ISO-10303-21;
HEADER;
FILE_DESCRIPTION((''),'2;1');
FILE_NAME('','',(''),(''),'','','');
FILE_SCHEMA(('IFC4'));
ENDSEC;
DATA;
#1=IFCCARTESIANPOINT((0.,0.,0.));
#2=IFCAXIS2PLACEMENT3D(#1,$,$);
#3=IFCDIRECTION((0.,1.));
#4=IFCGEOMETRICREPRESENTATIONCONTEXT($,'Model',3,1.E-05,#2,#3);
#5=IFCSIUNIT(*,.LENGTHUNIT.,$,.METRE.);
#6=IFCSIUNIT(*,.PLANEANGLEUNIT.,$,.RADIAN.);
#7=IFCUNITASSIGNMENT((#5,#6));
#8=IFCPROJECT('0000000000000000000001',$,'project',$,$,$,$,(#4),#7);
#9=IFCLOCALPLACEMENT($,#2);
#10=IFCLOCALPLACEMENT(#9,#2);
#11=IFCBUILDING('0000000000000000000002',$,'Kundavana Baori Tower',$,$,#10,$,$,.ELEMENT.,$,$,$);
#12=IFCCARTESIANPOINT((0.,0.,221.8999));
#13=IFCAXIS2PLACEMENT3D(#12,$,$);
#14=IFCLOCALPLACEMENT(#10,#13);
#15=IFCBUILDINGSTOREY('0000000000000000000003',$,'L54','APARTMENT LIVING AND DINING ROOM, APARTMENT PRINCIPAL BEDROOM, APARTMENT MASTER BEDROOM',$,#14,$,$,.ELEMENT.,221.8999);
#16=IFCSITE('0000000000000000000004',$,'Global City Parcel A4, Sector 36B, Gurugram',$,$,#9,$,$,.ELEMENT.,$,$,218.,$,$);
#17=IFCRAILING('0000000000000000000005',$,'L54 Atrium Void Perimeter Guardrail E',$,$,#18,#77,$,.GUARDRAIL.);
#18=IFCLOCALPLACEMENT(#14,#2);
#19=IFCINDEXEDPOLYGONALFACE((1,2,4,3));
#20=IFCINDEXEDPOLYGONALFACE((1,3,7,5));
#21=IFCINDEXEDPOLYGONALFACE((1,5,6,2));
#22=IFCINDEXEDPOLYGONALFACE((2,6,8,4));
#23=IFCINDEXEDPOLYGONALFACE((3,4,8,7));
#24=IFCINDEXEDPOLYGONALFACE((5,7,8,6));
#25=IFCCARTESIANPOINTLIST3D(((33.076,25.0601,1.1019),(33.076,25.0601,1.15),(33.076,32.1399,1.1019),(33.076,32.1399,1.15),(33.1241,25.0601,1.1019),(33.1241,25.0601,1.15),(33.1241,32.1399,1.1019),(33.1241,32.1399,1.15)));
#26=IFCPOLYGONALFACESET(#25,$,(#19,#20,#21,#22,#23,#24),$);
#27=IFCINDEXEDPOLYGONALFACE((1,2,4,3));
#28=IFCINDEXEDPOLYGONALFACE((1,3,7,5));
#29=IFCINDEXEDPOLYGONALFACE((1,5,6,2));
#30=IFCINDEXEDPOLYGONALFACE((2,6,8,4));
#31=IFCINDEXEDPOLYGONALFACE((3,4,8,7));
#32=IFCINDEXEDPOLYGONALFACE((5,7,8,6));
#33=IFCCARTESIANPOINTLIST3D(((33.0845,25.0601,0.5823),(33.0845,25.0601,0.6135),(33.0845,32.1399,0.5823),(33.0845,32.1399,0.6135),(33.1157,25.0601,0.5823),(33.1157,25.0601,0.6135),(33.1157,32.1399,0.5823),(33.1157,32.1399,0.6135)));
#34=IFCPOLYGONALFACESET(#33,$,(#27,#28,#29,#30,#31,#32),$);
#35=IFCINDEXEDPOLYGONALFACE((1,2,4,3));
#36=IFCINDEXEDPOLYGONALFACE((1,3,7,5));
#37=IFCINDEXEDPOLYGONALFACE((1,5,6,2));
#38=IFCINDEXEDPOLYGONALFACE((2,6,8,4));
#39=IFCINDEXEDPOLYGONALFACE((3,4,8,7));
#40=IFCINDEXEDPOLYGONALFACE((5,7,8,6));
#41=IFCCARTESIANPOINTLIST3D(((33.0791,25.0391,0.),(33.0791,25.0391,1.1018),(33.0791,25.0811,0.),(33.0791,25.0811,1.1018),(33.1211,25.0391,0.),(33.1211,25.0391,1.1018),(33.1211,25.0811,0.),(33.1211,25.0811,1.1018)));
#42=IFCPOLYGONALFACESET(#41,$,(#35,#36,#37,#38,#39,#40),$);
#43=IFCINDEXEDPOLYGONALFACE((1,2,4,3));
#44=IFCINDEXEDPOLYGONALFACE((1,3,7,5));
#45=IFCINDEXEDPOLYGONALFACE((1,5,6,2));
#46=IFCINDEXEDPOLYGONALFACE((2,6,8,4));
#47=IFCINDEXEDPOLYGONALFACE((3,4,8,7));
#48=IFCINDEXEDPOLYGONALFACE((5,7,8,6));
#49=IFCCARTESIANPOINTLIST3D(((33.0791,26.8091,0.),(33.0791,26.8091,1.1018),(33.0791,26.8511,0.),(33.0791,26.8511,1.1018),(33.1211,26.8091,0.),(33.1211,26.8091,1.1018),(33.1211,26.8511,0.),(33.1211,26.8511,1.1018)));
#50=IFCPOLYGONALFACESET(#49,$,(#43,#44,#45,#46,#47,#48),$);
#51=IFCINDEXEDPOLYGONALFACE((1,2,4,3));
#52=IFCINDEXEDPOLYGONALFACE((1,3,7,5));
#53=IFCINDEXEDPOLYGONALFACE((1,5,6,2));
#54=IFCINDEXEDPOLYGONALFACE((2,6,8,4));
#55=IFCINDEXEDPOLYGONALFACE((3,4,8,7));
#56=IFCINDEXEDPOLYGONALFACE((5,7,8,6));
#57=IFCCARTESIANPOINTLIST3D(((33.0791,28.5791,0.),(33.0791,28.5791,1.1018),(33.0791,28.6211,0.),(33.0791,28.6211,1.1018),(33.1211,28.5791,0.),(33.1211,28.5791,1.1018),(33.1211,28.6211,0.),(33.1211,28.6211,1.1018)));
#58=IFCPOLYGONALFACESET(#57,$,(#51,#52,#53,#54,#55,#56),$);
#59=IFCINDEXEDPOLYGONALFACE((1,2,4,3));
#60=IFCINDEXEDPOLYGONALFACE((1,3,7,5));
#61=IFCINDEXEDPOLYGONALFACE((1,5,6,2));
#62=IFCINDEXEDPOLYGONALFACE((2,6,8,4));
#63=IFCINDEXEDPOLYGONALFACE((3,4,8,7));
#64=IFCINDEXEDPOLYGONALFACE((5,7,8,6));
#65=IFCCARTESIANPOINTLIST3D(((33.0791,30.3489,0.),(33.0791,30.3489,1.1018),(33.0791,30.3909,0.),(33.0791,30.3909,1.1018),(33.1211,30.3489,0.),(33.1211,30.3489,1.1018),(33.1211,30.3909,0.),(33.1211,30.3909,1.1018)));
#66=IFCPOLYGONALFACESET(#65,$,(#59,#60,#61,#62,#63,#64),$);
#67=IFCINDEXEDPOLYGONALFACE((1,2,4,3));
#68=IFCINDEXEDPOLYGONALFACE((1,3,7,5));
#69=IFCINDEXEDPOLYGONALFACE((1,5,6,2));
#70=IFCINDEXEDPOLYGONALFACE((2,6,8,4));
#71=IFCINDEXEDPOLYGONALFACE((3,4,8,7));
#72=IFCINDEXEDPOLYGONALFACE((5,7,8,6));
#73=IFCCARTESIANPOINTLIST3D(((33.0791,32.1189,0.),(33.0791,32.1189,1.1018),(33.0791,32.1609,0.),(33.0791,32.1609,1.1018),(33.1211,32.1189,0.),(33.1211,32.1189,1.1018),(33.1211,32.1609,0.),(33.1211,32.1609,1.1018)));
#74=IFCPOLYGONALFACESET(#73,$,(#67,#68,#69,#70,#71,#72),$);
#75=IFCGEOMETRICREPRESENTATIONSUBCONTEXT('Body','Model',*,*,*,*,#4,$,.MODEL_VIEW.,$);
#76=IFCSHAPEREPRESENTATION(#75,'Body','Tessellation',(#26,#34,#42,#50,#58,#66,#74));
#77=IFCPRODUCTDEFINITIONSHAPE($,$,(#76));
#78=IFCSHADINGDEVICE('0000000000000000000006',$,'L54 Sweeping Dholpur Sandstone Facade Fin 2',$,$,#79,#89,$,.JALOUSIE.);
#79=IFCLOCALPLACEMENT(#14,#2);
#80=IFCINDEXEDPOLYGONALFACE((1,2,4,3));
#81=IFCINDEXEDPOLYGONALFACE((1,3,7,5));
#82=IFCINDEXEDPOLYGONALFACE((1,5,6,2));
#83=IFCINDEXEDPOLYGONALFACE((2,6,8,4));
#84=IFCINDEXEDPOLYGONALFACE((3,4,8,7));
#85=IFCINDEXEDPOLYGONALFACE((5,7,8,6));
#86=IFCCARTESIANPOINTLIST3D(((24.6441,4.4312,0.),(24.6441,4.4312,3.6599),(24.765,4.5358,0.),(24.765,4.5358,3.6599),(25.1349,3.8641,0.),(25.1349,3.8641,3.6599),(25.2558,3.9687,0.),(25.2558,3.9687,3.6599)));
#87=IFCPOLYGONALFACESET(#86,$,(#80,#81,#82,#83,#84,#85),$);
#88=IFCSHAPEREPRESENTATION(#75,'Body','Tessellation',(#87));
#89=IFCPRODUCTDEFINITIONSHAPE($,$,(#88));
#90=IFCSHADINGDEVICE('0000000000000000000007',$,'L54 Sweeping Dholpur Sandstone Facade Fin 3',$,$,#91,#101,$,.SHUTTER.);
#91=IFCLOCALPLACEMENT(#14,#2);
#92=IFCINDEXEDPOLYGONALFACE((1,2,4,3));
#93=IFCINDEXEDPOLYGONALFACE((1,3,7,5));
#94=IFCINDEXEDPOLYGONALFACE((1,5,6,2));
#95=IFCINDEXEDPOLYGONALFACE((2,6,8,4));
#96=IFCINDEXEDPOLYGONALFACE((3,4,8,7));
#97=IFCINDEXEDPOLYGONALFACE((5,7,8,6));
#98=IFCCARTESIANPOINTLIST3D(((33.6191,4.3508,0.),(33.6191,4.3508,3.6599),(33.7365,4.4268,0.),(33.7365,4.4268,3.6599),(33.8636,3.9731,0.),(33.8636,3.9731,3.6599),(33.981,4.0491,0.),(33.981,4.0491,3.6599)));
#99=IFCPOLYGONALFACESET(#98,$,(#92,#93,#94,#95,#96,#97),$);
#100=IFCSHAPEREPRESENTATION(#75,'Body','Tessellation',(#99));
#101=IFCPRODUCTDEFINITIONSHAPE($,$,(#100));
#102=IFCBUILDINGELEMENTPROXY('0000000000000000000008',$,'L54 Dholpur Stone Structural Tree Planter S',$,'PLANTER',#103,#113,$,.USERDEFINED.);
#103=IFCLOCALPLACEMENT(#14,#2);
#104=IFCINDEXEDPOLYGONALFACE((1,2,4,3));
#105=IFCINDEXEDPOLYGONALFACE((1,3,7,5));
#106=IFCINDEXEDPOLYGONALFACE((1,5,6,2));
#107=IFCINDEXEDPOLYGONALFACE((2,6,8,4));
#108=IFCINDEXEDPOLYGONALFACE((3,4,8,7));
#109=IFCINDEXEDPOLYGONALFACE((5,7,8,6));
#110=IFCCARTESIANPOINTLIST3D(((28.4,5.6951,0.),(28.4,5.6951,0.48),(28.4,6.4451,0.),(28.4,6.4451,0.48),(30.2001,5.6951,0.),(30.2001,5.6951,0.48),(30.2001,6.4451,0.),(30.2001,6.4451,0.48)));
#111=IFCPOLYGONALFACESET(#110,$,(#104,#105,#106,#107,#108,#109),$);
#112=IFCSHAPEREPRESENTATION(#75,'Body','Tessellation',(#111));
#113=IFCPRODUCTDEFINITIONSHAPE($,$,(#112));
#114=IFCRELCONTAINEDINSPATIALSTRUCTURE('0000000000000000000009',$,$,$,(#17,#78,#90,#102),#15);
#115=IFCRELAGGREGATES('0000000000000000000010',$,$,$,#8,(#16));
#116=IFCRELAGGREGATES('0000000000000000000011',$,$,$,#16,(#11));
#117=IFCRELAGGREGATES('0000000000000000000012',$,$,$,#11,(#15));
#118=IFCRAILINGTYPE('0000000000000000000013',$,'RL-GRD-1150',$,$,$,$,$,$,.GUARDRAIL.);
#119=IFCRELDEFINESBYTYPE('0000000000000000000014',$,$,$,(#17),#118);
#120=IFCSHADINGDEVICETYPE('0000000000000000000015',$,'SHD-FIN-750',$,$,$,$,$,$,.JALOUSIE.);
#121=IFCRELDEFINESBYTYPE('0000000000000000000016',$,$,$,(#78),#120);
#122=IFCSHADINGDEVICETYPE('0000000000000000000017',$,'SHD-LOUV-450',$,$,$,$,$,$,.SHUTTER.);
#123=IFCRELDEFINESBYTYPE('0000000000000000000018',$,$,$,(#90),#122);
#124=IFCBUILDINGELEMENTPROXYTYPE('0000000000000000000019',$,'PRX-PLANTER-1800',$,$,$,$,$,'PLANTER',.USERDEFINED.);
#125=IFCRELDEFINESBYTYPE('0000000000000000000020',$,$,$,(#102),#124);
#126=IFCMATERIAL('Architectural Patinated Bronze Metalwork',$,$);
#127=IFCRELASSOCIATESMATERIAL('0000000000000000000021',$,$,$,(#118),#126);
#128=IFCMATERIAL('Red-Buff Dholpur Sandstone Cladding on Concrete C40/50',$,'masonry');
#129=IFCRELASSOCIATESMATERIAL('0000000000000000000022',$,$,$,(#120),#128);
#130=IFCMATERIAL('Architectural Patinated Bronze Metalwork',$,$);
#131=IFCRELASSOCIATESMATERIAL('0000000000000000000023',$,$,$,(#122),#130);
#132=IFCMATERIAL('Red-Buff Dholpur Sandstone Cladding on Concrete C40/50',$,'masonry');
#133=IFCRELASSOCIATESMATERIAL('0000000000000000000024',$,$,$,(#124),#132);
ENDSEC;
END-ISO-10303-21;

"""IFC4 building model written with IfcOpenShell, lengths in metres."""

from ifc_helpers import new_model, si_unit, direction, frame, origin, origin_2d, place, context, subcontext, project, spatial, rectangle, extrude, material, type_object, element, save


model = new_model("IFC4")

# Units and contexts
model_context = context("Model", 3, precision=1e-05, world=origin(), true_north=direction((0.0, 1.0)))
body_context = subcontext(model_context, "Body", "Model", "MODEL_VIEW")
ifc_project = project(units=[si_unit("LENGTHUNIT", "METRE"), si_unit("PLANEANGLEUNIT", "RADIAN")], contexts=[model_context])

# Site, building, storey
site_placement = place(None, origin())
site = spatial("IfcSite", under=ifc_project, at=site_placement, Name="Global City Parcel A4, Sector 36B, Gurugram", CompositionType="ELEMENT", RefElevation=218.0)
building_placement = place(site_placement, origin())
building = spatial("IfcBuilding", under=site, at=building_placement, Name="Kundavana Baori Tower", CompositionType="ELEMENT")
storey_placement = place(building_placement, frame((0.0, 0.0, 221.8999)))
storey = spatial("IfcBuildingStorey", under=building, at=storey_placement, Name="L54", Description="APARTMENT LIVING AND DINING ROOM, APARTMENT PRINCIPAL BEDROOM, APARTMENT MASTER BEDROOM", CompositionType="ELEMENT", Elevation=221.8999)

# Railing
ifc_material_1 = material(Name="Architectural Patinated Bronze Metalwork")
railing_type = type_object("IfcRailingType", Name="RL-GRD-1150", PredefinedType="GUARDRAIL", material=ifc_material_1)
railing_1_placement = place(storey_placement, frame((33.1001, 25.0601, 0.0)))
element("IfcRailing", 1, at=railing_1_placement, inside=storey, type_object=railing_type, Name="L54 Atrium Void Perimeter Guardrail E", PredefinedType="GUARDRAIL", context=body_context, shape_type="SweptSolid", body=[
    extrude(rectangle(XDim=0.0481, YDim=0.0481, at=origin_2d()), frame((0.0, 0.0, 1.126), z_axis=(0.0, 1.0, 0.0), x_axis=(-1.0, 0.0, 0.0)), (0.0, 0.0, 1.0), 7.0798),
    extrude(rectangle(XDim=0.0312, YDim=0.0312, at=origin_2d()), frame((0.0, 0.0, 0.5979), z_axis=(0.0, 1.0, 0.0), x_axis=(-1.0, 0.0, 0.0)), (0.0, 0.0, 1.0), 7.0798),
    extrude(rectangle(XDim=0.042, YDim=0.042, at=origin_2d()), origin(), (0.0, 0.0, 1.0), 1.1018),
    extrude(rectangle(XDim=0.042, YDim=0.042, at=origin_2d()), frame((0.0, 1.77, 0.0)), (0.0, 0.0, 1.0), 1.1018),
    extrude(rectangle(XDim=0.042, YDim=0.042, at=origin_2d()), frame((0.0, 3.54, 0.0)), (0.0, 0.0, 1.0), 1.1018),
    extrude(rectangle(XDim=0.042, YDim=0.042, at=origin_2d()), frame((0.0, 5.3098, 0.0)), (0.0, 0.0, 1.0), 1.1018),
    extrude(rectangle(XDim=0.042, YDim=0.042, at=origin_2d()), frame((0.0, 7.0798, 0.0)), (0.0, 0.0, 1.0), 1.1018),
])

# Shading devices
ifc_material_2 = material(Name="Red-Buff Dholpur Sandstone Cladding on Concrete C40/50", Category="masonry")
shading_device_type_1 = type_object("IfcShadingDeviceType", Name="SHD-FIN-750", PredefinedType="JALOUSIE", material=ifc_material_2)
shading_device_1_placement = place(storey_placement, frame((24.95, 4.2, 0.0), z_axis=(0.0, 0.0, 1.0), x_axis=(0.756196, 0.654345, 0.0)))
element("IfcShadingDevice", 2, at=shading_device_1_placement, inside=storey, type_object=shading_device_type_1, Name="L54 Sweeping Dholpur Sandstone Facade Fin 2", PredefinedType="JALOUSIE", context=body_context, shape_type="SweptSolid", body=[
    extrude(rectangle(XDim=0.1599, YDim=0.75, at=origin_2d()), origin(), (0.0, 0.0, 1.0), 3.6599),
])
ifc_material_3 = material(Name="Architectural Patinated Bronze Metalwork")
shading_device_type_2 = type_object("IfcShadingDeviceType", Name="SHD-LOUV-450", PredefinedType="SHUTTER", material=ifc_material_3)
shading_device_2_placement = place(storey_placement, frame((33.8, 4.2, 0.0), z_axis=(0.0, 0.0, 1.0), x_axis=(0.839525, 0.543321, 0.0)))
element("IfcShadingDevice", 3, at=shading_device_2_placement, inside=storey, type_object=shading_device_type_2, Name="L54 Sweeping Dholpur Sandstone Facade Fin 3", PredefinedType="SHUTTER", context=body_context, shape_type="SweptSolid", body=[
    extrude(rectangle(XDim=0.1399, YDim=0.45, at=origin_2d()), origin(), (0.0, 0.0, 1.0), 3.6599),
])

# Building element proxy
ifc_material_4 = material(Name="Red-Buff Dholpur Sandstone Cladding on Concrete C40/50", Category="masonry")
building_element_proxy_type = type_object("IfcBuildingElementProxyType", Name="PRX-PLANTER-1800", ElementType="PLANTER", PredefinedType="USERDEFINED", material=ifc_material_4)
proxy_placement = place(storey_placement, frame((29.3, 6.0701, 0.0), z_axis=(0.0, 0.0, 1.0), x_axis=(1.0, 0.0, 0.0)))
element("IfcBuildingElementProxy", 4, at=proxy_placement, inside=storey, type_object=building_element_proxy_type, Name="L54 Dholpur Stone Structural Tree Planter S", ObjectType="PLANTER", PredefinedType="USERDEFINED", context=body_context, shape_type="SweptSolid", body=[
    extrude(rectangle(XDim=1.8, YDim=0.75, at=origin_2d()), origin(), (0.0, 0.0, 1.0), 0.48),
])

save(model, "model.ifc")
